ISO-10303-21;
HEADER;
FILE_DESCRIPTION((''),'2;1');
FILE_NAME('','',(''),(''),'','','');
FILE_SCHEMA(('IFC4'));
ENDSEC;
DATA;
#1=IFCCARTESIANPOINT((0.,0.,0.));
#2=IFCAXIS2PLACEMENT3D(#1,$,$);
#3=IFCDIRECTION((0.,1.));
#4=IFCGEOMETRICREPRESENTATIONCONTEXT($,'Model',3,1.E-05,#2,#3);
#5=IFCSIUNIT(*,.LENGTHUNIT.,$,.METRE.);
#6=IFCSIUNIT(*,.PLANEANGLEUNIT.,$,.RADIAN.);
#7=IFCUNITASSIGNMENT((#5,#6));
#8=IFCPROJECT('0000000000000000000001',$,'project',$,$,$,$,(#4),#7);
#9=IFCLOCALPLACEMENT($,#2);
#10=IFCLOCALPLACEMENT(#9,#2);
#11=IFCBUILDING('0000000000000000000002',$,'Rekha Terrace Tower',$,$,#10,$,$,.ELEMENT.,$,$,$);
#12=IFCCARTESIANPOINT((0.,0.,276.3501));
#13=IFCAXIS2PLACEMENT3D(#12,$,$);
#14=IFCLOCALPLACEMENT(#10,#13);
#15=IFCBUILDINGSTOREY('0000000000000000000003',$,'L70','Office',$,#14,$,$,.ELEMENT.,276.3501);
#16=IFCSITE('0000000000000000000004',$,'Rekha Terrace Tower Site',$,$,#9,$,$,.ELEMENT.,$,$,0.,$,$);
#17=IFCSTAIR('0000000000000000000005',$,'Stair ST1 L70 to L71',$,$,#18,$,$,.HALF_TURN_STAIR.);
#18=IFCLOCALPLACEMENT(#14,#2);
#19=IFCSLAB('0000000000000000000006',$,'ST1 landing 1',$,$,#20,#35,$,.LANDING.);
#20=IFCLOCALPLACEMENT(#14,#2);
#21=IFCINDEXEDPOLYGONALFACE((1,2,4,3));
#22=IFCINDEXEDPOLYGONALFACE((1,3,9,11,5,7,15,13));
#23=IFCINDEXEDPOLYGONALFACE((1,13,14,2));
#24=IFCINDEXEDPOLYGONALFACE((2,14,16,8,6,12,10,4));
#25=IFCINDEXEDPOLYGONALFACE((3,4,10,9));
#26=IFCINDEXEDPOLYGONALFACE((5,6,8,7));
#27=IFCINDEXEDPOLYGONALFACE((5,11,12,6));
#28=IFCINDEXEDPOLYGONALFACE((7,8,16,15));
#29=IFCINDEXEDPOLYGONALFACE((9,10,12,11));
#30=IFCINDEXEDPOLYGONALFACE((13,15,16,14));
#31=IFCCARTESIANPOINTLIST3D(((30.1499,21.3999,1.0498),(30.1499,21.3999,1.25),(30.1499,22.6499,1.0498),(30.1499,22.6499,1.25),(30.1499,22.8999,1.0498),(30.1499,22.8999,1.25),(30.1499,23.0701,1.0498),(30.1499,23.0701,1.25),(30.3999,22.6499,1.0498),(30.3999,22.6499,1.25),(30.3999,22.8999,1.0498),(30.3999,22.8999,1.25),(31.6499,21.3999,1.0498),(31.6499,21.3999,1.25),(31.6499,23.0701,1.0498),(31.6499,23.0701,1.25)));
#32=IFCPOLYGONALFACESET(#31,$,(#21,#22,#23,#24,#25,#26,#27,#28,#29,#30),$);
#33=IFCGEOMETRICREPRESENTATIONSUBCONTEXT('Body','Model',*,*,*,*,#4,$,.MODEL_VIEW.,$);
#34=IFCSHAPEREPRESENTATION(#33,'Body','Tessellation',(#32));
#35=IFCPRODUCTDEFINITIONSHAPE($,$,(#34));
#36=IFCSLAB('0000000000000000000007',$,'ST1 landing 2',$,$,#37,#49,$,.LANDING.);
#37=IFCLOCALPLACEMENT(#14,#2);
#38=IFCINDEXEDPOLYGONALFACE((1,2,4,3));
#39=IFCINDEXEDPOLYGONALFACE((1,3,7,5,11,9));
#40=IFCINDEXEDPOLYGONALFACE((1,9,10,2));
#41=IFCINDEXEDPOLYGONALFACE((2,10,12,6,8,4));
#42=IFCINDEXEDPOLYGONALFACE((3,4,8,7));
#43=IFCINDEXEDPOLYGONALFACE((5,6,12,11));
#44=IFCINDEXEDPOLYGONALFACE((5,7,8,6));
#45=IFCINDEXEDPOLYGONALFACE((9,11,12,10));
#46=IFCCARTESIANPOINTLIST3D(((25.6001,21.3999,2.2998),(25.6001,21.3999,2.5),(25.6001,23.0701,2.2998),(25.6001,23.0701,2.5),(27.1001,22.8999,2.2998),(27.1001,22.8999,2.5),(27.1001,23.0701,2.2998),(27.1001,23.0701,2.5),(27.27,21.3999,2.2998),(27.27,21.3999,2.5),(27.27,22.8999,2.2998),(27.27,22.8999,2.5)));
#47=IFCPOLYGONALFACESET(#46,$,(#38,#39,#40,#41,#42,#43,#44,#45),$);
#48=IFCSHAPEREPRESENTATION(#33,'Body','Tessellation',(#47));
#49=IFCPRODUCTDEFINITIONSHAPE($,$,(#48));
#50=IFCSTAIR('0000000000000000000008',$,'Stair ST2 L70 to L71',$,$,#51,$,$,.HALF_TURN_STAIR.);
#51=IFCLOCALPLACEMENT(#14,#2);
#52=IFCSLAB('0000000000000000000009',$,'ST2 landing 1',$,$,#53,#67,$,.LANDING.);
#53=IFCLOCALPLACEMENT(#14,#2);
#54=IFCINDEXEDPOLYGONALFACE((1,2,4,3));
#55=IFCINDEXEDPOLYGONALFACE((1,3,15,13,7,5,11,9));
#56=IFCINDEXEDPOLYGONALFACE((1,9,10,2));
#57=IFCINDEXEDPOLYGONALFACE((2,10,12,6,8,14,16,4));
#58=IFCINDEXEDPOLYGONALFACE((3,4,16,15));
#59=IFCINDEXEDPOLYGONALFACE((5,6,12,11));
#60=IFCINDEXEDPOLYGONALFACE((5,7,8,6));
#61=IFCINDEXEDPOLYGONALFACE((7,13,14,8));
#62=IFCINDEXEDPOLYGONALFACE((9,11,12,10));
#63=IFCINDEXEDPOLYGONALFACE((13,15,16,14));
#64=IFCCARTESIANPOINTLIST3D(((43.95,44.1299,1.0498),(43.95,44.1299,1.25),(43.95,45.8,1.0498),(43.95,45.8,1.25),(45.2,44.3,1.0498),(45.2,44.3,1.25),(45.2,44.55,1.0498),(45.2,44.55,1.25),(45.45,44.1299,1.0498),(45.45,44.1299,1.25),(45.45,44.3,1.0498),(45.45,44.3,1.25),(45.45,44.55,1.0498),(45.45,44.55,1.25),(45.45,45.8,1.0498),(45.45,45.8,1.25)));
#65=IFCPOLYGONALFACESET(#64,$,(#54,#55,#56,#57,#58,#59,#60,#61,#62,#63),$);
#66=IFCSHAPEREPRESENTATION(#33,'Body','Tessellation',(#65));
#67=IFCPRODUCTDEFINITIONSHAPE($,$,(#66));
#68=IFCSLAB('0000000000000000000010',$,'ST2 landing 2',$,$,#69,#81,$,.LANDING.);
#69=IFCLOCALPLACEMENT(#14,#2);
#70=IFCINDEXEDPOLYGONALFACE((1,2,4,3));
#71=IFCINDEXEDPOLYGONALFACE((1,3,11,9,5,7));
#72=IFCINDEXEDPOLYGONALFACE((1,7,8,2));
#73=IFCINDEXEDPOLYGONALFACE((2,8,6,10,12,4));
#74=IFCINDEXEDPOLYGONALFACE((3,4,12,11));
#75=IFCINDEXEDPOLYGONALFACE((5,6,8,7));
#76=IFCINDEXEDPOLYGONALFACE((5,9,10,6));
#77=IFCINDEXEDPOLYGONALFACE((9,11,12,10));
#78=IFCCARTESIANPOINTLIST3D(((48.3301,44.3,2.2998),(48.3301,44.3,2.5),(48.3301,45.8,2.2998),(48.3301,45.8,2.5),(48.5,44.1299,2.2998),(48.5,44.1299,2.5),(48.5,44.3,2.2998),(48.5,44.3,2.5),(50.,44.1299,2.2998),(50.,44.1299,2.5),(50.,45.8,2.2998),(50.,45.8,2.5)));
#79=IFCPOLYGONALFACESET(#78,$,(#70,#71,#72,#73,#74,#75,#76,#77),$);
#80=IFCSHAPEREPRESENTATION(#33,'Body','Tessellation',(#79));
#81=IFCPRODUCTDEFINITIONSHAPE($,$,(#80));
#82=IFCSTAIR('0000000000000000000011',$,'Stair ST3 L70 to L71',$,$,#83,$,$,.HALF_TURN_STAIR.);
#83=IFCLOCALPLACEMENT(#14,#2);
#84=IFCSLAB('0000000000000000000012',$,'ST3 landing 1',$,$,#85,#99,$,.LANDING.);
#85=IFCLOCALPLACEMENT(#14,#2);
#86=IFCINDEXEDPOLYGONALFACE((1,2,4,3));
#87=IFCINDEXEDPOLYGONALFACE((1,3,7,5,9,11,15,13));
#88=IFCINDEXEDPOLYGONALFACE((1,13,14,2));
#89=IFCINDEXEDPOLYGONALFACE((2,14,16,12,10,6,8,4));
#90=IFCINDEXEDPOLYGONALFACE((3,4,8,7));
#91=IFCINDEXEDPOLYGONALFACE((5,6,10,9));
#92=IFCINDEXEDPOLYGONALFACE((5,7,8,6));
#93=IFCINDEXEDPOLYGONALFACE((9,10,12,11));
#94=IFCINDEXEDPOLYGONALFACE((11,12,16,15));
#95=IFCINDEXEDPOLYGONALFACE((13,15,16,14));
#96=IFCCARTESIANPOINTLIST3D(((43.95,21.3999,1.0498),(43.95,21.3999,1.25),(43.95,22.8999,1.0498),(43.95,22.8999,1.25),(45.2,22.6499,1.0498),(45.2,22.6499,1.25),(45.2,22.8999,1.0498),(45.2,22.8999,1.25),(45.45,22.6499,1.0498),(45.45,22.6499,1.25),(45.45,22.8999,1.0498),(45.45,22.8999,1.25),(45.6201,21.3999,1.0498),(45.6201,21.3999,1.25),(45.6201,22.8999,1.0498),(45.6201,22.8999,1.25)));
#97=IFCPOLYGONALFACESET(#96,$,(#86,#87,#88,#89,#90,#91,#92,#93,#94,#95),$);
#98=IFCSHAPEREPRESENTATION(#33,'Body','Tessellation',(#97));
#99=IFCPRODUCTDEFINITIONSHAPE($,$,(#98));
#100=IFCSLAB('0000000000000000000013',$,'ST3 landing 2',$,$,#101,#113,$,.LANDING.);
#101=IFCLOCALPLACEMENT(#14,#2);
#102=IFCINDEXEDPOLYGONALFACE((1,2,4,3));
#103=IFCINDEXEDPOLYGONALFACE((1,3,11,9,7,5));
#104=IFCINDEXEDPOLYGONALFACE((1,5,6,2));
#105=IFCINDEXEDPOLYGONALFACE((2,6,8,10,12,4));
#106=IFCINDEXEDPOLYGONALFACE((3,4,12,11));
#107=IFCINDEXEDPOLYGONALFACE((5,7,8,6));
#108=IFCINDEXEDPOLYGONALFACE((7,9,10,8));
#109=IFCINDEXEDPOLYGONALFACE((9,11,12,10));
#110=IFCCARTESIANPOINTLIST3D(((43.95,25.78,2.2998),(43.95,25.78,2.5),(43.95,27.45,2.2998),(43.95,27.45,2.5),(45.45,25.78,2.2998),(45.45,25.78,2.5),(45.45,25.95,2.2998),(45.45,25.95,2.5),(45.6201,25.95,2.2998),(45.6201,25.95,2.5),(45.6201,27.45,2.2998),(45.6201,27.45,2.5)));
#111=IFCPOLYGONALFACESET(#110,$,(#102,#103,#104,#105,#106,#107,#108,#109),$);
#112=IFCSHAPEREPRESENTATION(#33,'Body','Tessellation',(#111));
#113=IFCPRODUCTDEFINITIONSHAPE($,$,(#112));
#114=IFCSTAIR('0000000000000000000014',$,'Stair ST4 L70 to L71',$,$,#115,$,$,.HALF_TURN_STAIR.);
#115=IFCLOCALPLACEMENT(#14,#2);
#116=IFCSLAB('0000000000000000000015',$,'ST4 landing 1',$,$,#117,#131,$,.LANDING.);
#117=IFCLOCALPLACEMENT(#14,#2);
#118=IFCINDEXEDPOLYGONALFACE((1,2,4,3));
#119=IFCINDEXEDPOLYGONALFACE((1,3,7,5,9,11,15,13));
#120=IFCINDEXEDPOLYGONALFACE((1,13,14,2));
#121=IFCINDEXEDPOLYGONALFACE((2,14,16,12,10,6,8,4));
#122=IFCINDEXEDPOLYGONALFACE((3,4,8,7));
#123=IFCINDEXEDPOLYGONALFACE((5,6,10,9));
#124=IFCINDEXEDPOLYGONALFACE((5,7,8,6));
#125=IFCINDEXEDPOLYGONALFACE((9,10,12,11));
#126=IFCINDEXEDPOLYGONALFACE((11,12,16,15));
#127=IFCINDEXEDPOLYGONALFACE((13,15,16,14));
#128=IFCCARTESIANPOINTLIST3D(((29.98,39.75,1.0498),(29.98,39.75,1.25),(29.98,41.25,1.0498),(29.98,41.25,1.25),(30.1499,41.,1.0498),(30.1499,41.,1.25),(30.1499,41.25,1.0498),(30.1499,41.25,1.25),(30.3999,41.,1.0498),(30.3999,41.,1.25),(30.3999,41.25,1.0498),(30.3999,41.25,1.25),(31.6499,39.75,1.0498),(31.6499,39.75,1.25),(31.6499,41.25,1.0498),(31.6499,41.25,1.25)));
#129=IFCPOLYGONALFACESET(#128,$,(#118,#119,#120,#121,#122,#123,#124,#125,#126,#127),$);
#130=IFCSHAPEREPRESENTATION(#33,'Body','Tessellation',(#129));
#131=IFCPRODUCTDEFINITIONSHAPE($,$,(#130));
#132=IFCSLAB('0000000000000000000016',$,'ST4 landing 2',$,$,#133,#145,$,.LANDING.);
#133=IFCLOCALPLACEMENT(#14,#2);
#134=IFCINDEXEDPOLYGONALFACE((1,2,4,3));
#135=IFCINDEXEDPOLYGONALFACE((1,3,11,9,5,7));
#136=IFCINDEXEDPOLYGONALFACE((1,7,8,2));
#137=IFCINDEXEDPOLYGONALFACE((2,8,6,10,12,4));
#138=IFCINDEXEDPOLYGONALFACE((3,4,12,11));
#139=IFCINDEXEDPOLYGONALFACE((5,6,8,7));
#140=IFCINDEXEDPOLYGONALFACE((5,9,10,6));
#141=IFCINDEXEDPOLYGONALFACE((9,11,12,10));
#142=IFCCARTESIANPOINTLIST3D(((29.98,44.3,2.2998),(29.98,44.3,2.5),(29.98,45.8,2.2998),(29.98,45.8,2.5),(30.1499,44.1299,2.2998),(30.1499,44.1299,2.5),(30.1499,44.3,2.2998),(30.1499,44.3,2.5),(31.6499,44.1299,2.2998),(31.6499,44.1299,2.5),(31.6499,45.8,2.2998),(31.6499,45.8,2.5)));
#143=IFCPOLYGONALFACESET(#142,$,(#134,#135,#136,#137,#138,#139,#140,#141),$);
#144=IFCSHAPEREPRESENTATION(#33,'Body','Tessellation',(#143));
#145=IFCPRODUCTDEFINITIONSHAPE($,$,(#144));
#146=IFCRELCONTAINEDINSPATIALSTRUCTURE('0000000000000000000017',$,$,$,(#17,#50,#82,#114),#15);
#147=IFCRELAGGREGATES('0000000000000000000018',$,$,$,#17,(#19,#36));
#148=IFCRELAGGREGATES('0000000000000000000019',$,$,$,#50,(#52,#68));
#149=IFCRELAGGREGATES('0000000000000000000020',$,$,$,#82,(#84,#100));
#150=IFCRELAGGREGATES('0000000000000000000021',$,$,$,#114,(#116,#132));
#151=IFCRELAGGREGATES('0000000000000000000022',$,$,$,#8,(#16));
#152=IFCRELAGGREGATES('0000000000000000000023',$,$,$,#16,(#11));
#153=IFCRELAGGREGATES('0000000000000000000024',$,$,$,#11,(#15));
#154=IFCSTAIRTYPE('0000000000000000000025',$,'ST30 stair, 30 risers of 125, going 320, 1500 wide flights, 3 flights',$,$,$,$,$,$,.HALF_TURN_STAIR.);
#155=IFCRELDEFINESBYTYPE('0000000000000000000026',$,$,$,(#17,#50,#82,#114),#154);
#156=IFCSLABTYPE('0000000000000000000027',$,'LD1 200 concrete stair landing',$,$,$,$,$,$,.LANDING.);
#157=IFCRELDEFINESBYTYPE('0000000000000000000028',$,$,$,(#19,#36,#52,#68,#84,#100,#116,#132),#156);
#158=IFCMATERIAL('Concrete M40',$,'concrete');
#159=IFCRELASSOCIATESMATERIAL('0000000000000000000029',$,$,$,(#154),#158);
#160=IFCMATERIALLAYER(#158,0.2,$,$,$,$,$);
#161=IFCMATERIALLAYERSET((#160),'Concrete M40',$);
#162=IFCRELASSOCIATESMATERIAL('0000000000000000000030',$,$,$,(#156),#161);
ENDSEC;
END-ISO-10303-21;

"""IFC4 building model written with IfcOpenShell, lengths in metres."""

from ifc_helpers import new_model, si_unit, direction, frame, origin, place, context, subcontext, project, spatial, polyline, outline, extrude, material, layer, layer_set, type_object, element, aggregate, save


model = new_model("IFC4")

# Units and contexts
model_context = context("Model", 3, precision=1e-05, world=origin(), true_north=direction((0.0, 1.0)))
body_context = subcontext(model_context, "Body", "Model", "MODEL_VIEW")
ifc_project = project(units=[si_unit("LENGTHUNIT", "METRE"), si_unit("PLANEANGLEUNIT", "RADIAN")], contexts=[model_context])

# Site, building, storey
site_placement = place(None, origin())
site = spatial("IfcSite", under=ifc_project, at=site_placement, Name="Rekha Terrace Tower Site", CompositionType="ELEMENT", RefElevation=0.0)
building_placement = place(site_placement, origin())
building = spatial("IfcBuilding", under=site, at=building_placement, Name="Rekha Terrace Tower", CompositionType="ELEMENT")
storey_placement = place(building_placement, frame((0.0, 0.0, 276.3501)))
storey = spatial("IfcBuildingStorey", under=building, at=storey_placement, Name="L70", Description="Office", CompositionType="ELEMENT", Elevation=276.3501)

# Stairs, slabs
ifc_material_1 = material(Name="Concrete M40", Category="concrete")
stair_type = type_object("IfcStairType", Name="ST30 stair, 30 risers of 125, going 320, 1500 wide flights, 3 flights", PredefinedType="HALF_TURN_STAIR", material=ifc_material_1)
stair_1_placement = place(storey_placement, origin())
stair_1 = element("IfcStair", 1, at=stair_1_placement, inside=storey, type_object=stair_type, Name="Stair ST1 L70 to L71", PredefinedType="HALF_TURN_STAIR")
ifc_layer_1 = layer(ifc_material_1, 0.2)
ifc_layer_set_1 = layer_set([ifc_layer_1], Name="Concrete M40")
slab_type_1 = type_object("IfcSlabType", Name="LD1 200 concrete stair landing", PredefinedType="LANDING", material=ifc_layer_set_1)
slab_1_placement = place(storey_placement, frame((0.0, 0.0, 1.0498)))
slab_1 = element("IfcSlab", 2, at=slab_1_placement, type_object=slab_type_1, Name="ST1 landing 1", PredefinedType="LANDING", context=body_context, shape_type="SweptSolid", body=[
    extrude(outline(polyline([(30.1499, 21.3999), (31.6499, 21.3999), (31.6499, 23.0701), (30.1499, 23.0701), (30.1499, 22.8999), (30.3999, 22.8999), (30.3999, 22.6499), (30.1499, 22.6499), (30.1499, 21.3999)])), origin(), (0.0, 0.0, 1.0), 0.2002),
])
slab_2_placement = place(storey_placement, frame((0.0, 0.0, 2.2998)))
slab_2 = element("IfcSlab", 3, at=slab_2_placement, type_object=slab_type_1, Name="ST1 landing 2", PredefinedType="LANDING", context=body_context, shape_type="SweptSolid", body=[
    extrude(outline(polyline([(27.1001, 23.0701), (25.6001, 23.0701), (25.6001, 21.3999), (27.27, 21.3999), (27.27, 22.8999), (27.1001, 22.8999), (27.1001, 23.0701)])), origin(), (0.0, 0.0, 1.0), 0.2002),
])
aggregate(stair_1, [slab_1, slab_2])
stair_2_placement = place(storey_placement, origin())
stair_2 = element("IfcStair", 4, at=stair_2_placement, inside=storey, type_object=stair_type, Name="Stair ST2 L70 to L71", PredefinedType="HALF_TURN_STAIR")
slab_3_placement = place(storey_placement, frame((0.0, 0.0, 1.0498)))
slab_3 = element("IfcSlab", 5, at=slab_3_placement, type_object=slab_type_1, Name="ST2 landing 1", PredefinedType="LANDING", context=body_context, shape_type="SweptSolid", body=[
    extrude(outline(polyline([(45.45, 45.8), (43.95, 45.8), (43.95, 44.1299), (45.45, 44.1299), (45.45, 44.3), (45.2, 44.3), (45.2, 44.55), (45.45, 44.55), (45.45, 45.8)])), origin(), (0.0, 0.0, 1.0), 0.2002),
])
slab_4_placement = place(storey_placement, frame((0.0, 0.0, 2.2998)))
slab_4 = element("IfcSlab", 6, at=slab_4_placement, type_object=slab_type_1, Name="ST2 landing 2", PredefinedType="LANDING", context=body_context, shape_type="SweptSolid", body=[
    extrude(outline(polyline([(48.5, 44.1299), (50.0, 44.1299), (50.0, 45.8), (48.3301, 45.8), (48.3301, 44.3), (48.5, 44.3), (48.5, 44.1299)])), origin(), (0.0, 0.0, 1.0), 0.2002),
])
aggregate(stair_2, [slab_3, slab_4])
stair_3_placement = place(storey_placement, origin())
stair_3 = element("IfcStair", 7, at=stair_3_placement, inside=storey, type_object=stair_type, Name="Stair ST3 L70 to L71", PredefinedType="HALF_TURN_STAIR")
slab_5_placement = place(storey_placement, frame((0.0, 0.0, 1.0498)))
slab_5 = element("IfcSlab", 8, at=slab_5_placement, type_object=slab_type_1, Name="ST3 landing 1", PredefinedType="LANDING", context=body_context, shape_type="SweptSolid", body=[
    extrude(outline(polyline([(43.95, 22.8999), (43.95, 21.3999), (45.6201, 21.3999), (45.6201, 22.8999), (45.45, 22.8999), (45.45, 22.6499), (45.2, 22.6499), (45.2, 22.8999), (43.95, 22.8999)])), origin(), (0.0, 0.0, 1.0), 0.2002),
])
slab_6_placement = place(storey_placement, frame((0.0, 0.0, 2.2998)))
slab_6 = element("IfcSlab", 9, at=slab_6_placement, type_object=slab_type_1, Name="ST3 landing 2", PredefinedType="LANDING", context=body_context, shape_type="SweptSolid", body=[
    extrude(outline(polyline([(45.6201, 25.95), (45.6201, 27.45), (43.95, 27.45), (43.95, 25.78), (45.45, 25.78), (45.45, 25.95), (45.6201, 25.95)])), origin(), (0.0, 0.0, 1.0), 0.2002),
])
aggregate(stair_3, [slab_5, slab_6])
stair_4_placement = place(storey_placement, origin())
stair_4 = element("IfcStair", 10, at=stair_4_placement, inside=storey, type_object=stair_type, Name="Stair ST4 L70 to L71", PredefinedType="HALF_TURN_STAIR")
slab_7_placement = place(storey_placement, frame((0.0, 0.0, 1.0498)))
slab_7 = element("IfcSlab", 11, at=slab_7_placement, type_object=slab_type_1, Name="ST4 landing 1", PredefinedType="LANDING", context=body_context, shape_type="SweptSolid", body=[
    extrude(outline(polyline([(31.6499, 41.25), (31.6499, 39.75), (29.98, 39.75), (29.98, 41.25), (30.1499, 41.25), (30.1499, 41.0), (30.3999, 41.0), (30.3999, 41.25), (31.6499, 41.25)])), origin(), (0.0, 0.0, 1.0), 0.2002),
])
slab_8_placement = place(storey_placement, frame((0.0, 0.0, 2.2998)))
slab_8 = element("IfcSlab", 12, at=slab_8_placement, type_object=slab_type_1, Name="ST4 landing 2", PredefinedType="LANDING", context=body_context, shape_type="SweptSolid", body=[
    extrude(outline(polyline([(29.98, 44.3), (29.98, 45.8), (31.6499, 45.8), (31.6499, 44.1299), (30.1499, 44.1299), (30.1499, 44.3), (29.98, 44.3)])), origin(), (0.0, 0.0, 1.0), 0.2002),
])
aggregate(stair_4, [slab_7, slab_8])

save(model, "model.ifc")
